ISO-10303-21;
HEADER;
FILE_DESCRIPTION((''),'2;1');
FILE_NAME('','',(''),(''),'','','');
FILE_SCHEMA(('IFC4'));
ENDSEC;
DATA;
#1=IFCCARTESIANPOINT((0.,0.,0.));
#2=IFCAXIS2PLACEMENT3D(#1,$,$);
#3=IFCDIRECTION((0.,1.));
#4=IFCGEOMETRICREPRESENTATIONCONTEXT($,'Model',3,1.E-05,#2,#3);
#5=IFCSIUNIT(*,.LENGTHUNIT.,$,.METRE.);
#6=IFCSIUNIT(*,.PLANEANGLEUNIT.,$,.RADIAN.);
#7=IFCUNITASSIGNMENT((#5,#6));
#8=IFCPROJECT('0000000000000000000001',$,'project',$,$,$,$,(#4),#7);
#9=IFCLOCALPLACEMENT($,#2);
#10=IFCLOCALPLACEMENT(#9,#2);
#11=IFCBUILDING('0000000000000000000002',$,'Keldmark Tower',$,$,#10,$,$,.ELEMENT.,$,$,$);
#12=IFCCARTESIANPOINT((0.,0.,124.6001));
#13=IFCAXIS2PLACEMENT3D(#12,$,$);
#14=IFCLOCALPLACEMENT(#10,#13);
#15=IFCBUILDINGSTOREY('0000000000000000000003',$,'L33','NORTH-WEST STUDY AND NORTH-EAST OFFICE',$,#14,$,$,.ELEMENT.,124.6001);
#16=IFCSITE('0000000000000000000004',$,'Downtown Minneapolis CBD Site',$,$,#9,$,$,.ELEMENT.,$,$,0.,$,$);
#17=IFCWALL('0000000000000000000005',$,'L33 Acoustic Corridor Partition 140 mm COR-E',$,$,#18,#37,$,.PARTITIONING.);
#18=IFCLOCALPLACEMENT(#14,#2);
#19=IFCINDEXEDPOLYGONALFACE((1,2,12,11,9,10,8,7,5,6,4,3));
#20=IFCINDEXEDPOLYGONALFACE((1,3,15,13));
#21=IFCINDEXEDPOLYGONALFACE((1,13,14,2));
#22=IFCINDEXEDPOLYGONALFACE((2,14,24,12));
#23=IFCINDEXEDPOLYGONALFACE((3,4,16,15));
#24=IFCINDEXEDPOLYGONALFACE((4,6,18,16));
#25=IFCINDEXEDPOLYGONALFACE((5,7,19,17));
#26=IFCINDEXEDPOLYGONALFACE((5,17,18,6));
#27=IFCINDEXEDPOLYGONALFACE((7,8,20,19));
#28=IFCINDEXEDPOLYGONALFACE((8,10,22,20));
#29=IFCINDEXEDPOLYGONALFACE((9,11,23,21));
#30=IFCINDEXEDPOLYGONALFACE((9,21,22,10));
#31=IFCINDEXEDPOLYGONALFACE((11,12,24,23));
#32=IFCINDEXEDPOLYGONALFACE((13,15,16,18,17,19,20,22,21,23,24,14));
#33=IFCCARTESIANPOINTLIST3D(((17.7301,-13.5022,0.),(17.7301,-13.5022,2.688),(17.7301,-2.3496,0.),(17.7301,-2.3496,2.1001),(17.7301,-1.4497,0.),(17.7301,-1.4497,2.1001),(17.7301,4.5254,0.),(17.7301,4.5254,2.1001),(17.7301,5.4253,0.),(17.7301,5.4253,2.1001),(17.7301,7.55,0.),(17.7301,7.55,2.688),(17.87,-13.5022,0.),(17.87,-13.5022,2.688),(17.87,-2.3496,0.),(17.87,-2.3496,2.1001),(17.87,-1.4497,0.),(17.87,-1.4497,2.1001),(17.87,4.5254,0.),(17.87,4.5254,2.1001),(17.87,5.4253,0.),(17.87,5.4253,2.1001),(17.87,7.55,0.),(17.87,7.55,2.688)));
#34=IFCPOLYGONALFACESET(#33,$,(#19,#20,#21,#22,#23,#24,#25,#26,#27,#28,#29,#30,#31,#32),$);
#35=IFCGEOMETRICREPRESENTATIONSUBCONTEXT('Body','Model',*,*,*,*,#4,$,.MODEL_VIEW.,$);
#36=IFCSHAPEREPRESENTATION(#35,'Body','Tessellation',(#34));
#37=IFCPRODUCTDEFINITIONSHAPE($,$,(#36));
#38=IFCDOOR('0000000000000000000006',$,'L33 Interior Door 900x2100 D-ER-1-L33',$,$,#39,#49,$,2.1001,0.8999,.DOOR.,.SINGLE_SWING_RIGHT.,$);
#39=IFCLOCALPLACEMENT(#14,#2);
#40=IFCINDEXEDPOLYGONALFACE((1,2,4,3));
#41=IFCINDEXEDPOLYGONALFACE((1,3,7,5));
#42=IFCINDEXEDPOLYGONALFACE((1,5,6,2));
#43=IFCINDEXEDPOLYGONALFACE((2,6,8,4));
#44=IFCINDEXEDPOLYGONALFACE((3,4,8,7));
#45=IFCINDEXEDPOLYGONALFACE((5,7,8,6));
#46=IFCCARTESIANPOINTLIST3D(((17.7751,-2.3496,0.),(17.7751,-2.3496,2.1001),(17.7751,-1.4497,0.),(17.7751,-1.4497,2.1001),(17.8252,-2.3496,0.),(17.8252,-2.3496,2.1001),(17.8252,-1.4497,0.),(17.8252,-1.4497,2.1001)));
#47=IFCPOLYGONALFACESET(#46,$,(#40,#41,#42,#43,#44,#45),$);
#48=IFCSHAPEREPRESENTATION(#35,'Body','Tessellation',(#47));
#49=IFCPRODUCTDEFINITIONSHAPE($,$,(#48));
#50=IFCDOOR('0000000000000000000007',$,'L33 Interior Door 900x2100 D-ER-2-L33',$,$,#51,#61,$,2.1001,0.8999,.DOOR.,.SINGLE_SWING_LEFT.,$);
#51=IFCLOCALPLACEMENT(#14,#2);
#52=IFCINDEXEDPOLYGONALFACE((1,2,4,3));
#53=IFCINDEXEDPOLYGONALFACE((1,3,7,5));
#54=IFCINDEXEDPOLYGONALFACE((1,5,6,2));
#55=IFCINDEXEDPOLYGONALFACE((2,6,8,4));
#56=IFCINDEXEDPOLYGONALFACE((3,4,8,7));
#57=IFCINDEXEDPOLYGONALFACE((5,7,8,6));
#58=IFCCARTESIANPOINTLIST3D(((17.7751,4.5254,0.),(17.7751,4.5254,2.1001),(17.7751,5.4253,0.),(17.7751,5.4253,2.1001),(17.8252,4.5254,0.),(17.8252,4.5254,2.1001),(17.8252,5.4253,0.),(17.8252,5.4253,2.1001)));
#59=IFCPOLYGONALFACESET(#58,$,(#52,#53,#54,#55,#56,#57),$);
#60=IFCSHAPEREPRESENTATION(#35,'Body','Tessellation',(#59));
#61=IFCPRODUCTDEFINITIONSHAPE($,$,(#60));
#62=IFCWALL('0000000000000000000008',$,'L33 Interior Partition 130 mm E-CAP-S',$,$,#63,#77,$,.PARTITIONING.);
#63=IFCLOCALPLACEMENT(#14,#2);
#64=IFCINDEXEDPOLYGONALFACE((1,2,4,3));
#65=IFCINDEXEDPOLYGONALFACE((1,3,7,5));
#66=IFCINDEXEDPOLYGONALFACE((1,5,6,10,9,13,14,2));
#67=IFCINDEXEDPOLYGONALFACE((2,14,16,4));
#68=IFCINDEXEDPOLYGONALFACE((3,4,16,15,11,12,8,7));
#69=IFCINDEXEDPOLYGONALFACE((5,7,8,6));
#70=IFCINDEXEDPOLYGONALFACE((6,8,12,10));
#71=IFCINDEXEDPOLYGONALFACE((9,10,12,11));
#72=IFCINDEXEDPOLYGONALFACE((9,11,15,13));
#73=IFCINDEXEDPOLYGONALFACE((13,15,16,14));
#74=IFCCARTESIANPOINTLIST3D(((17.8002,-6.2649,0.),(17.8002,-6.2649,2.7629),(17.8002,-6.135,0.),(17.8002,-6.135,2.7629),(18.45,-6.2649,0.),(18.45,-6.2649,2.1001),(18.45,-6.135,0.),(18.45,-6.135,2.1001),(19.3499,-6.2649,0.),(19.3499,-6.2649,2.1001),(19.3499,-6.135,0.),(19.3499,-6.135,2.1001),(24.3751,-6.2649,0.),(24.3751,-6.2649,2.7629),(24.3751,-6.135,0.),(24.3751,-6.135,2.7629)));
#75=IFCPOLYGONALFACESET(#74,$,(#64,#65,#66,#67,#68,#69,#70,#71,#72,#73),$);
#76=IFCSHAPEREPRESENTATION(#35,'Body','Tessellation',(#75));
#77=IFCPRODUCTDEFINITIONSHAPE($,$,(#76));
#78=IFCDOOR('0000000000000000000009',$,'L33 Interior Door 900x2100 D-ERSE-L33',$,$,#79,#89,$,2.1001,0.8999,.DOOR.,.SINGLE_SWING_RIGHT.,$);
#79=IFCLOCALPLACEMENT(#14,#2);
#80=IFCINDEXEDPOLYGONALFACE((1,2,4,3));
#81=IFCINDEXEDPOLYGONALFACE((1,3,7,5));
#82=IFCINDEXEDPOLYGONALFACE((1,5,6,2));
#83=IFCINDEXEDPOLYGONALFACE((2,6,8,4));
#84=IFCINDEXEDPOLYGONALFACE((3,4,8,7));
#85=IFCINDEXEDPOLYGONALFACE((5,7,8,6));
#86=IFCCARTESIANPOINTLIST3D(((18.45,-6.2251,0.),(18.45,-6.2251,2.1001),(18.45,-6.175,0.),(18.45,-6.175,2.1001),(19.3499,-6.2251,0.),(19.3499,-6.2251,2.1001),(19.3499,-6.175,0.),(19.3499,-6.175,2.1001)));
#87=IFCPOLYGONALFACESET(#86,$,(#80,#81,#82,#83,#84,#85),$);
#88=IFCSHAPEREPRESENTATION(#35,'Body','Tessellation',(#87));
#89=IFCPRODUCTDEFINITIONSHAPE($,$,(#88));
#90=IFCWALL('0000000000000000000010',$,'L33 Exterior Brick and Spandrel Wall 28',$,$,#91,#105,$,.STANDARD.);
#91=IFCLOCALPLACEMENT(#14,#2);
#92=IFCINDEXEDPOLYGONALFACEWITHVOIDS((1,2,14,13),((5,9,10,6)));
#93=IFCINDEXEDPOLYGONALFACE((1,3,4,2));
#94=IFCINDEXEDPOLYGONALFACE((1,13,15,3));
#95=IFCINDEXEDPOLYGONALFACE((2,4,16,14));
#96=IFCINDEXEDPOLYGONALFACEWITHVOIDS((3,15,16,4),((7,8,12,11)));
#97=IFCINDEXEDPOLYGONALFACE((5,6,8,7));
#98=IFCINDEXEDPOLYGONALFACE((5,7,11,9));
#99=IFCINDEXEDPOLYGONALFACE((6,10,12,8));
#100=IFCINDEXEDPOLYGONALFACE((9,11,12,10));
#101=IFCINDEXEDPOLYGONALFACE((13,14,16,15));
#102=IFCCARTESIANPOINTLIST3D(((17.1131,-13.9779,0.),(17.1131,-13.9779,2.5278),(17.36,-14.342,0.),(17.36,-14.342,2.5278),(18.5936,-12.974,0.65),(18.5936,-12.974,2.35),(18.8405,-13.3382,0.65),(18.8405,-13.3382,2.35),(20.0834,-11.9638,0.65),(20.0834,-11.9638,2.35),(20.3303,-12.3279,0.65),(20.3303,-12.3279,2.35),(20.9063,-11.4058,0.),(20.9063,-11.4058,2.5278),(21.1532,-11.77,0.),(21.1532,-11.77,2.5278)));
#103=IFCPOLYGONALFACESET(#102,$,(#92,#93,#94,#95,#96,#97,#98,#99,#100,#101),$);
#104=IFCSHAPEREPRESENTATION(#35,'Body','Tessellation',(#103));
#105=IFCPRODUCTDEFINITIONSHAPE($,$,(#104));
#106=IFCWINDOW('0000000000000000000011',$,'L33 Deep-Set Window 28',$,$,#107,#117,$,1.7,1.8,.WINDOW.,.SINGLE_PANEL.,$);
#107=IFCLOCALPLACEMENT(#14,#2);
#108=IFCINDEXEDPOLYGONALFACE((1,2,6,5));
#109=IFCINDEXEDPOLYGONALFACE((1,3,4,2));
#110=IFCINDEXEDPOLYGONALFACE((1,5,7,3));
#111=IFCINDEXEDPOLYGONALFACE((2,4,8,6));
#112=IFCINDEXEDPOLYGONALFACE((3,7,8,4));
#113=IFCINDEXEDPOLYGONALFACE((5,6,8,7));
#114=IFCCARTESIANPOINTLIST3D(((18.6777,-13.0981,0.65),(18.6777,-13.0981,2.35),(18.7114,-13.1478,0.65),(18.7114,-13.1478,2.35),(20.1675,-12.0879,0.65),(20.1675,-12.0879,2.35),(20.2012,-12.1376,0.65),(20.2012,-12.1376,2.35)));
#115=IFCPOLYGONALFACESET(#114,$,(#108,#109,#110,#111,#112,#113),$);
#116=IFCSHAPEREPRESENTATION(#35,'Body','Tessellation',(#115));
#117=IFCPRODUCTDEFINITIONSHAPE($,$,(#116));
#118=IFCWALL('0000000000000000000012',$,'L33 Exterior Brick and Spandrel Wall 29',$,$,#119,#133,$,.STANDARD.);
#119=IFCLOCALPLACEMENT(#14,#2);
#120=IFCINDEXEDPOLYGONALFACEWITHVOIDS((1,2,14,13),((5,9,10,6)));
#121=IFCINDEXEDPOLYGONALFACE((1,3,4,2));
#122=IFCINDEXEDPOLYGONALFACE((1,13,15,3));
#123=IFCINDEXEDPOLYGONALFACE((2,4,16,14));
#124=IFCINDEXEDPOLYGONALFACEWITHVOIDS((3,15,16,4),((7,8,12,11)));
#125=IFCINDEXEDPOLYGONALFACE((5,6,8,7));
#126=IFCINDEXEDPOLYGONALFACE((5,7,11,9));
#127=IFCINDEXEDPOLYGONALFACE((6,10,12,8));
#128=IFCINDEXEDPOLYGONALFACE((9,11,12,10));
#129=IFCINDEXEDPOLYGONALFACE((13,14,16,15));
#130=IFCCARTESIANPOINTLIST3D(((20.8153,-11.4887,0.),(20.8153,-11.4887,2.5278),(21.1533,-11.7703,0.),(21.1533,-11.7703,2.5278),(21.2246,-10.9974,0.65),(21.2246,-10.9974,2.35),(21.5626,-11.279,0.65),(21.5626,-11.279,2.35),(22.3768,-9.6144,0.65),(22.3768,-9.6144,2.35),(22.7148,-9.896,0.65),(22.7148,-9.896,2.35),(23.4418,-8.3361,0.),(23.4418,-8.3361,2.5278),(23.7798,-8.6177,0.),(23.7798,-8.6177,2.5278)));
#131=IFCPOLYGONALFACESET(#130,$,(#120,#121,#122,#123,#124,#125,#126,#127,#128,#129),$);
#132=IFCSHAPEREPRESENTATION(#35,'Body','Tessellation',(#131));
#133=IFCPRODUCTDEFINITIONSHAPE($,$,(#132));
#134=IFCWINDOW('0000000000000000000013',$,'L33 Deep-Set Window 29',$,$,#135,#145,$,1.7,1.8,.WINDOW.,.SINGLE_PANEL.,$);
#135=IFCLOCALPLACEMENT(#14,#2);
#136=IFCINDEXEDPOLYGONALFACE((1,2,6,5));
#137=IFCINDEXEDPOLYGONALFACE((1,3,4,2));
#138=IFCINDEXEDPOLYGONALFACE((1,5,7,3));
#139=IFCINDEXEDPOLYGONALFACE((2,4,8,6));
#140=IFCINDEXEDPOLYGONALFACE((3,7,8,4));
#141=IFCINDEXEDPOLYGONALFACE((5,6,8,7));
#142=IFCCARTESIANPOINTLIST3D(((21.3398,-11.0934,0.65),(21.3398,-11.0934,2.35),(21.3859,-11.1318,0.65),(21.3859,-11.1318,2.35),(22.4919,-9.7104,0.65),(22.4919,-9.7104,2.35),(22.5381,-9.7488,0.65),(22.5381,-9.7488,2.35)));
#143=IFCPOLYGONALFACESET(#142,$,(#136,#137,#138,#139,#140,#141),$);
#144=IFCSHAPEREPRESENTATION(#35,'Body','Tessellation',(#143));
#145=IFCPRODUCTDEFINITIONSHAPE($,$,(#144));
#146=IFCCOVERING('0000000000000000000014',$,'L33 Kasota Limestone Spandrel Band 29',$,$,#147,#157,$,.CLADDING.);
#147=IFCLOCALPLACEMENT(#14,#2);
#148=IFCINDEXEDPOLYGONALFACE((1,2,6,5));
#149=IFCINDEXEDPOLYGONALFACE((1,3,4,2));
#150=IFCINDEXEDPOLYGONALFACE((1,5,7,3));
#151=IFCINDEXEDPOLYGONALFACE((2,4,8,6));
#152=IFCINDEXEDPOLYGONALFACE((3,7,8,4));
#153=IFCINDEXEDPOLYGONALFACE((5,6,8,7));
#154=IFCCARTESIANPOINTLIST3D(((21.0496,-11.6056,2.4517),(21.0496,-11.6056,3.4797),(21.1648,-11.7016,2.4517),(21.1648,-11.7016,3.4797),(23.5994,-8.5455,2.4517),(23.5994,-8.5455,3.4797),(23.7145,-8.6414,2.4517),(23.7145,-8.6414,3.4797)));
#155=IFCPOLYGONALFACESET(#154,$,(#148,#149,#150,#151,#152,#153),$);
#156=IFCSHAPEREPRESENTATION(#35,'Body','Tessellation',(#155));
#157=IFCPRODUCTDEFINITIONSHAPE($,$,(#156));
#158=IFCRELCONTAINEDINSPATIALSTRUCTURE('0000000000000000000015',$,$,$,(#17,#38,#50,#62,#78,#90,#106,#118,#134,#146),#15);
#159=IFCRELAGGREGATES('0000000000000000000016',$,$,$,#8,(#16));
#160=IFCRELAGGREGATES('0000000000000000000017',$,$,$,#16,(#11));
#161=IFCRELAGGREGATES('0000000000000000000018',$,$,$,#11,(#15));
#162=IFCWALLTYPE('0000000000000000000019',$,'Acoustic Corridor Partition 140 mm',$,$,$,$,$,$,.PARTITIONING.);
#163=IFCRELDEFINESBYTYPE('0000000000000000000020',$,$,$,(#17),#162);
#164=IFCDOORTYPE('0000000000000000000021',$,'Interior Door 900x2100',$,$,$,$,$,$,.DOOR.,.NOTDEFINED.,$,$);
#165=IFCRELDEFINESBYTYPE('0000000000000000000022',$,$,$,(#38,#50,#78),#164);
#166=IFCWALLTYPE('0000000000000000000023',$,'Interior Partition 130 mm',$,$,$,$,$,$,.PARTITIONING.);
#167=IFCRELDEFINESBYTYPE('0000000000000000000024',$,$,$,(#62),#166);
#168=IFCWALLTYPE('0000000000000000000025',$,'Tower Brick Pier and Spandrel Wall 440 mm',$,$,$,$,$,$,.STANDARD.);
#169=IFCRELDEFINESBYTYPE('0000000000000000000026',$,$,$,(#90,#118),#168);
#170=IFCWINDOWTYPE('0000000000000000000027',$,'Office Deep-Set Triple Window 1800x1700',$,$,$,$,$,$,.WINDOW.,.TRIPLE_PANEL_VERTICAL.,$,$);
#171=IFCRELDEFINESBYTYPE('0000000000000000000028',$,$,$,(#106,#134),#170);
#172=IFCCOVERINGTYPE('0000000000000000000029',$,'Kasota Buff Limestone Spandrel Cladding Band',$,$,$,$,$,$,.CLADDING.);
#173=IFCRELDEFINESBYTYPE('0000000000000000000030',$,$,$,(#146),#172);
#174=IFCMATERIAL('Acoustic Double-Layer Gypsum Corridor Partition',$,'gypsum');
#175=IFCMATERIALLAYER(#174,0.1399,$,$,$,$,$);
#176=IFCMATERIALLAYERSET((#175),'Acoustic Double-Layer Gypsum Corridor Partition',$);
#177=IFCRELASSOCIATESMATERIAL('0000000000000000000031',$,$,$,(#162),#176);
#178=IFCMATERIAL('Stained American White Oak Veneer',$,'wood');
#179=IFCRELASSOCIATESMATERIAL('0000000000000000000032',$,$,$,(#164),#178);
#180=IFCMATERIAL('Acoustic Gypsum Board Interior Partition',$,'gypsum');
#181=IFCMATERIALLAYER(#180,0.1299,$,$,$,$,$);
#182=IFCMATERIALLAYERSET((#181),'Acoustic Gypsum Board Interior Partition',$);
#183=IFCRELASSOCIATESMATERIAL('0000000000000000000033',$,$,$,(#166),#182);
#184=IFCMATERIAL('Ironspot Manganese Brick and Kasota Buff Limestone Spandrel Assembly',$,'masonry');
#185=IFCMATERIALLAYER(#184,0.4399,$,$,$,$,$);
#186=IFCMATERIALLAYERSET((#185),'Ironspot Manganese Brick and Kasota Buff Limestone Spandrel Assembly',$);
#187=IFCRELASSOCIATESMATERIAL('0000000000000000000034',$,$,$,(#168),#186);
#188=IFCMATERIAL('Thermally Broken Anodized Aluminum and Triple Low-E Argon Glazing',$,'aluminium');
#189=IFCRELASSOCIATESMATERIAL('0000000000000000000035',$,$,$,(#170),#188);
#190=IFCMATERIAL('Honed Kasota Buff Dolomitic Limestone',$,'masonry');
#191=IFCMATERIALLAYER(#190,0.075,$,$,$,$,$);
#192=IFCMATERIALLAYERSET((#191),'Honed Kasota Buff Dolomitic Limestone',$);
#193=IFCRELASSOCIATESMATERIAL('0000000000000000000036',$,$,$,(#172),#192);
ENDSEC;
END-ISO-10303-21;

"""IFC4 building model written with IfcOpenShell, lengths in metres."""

from ifc_helpers import new_model, si_unit, direction, frame, frame_2d, origin, origin_2d, place, context, subcontext, project, spatial, rectangle, extrude, material, layer, layer_set, type_object, element, fill, save


model = new_model("IFC4")

# Units and contexts
model_context = context("Model", 3, precision=1e-05, world=origin(), true_north=direction((0.0, 1.0)))
body_context = subcontext(model_context, "Body", "Model", "MODEL_VIEW")
ifc_project = project(units=[si_unit("LENGTHUNIT", "METRE"), si_unit("PLANEANGLEUNIT", "RADIAN")], contexts=[model_context])

# Site, building, storey
site_placement = place(None, origin())
site = spatial("IfcSite", under=ifc_project, at=site_placement, Name="Downtown Minneapolis CBD Site", CompositionType="ELEMENT", RefElevation=0.0)
building_placement = place(site_placement, origin())
building = spatial("IfcBuilding", under=site, at=building_placement, Name="Keldmark Tower", CompositionType="ELEMENT")
storey_placement = place(building_placement, frame((0.0, 0.0, 124.6001)))
storey = spatial("IfcBuildingStorey", under=building, at=storey_placement, Name="L33", Description="NORTH-WEST STUDY AND NORTH-EAST OFFICE", CompositionType="ELEMENT", Elevation=124.6001)

# Wall, openings, doors
ifc_material_1 = material(Name="Acoustic Double-Layer Gypsum Corridor Partition", Category="gypsum")
ifc_layer_1 = layer(ifc_material_1, 0.1399)
ifc_layer_set_1 = layer_set([ifc_layer_1], Name="Acoustic Double-Layer Gypsum Corridor Partition")
wall_type_1 = type_object("IfcWallType", Name="Acoustic Corridor Partition 140 mm", PredefinedType="PARTITIONING", material=ifc_layer_set_1)
wall_1_placement = place(storey_placement, frame((17.8, -13.5022, 0.0), z_axis=(0.0, 0.0, 1.0), x_axis=(0.0, 1.0, 0.0)))
wall_1 = element("IfcWall", 1, at=wall_1_placement, inside=storey, type_object=wall_type_1, Name="L33 Acoustic Corridor Partition 140 mm COR-E", PredefinedType="PARTITIONING", context=body_context, shape_type="SweptSolid", body=[
    extrude(rectangle(XDim=21.0522, YDim=0.1399, at=frame_2d((10.5261, 0.0))), origin(), (0.0, 0.0, 1.0), 2.688),
])
opening_1_placement = place(wall_1_placement, frame((11.1526, 0.0, 0.0)))
opening_1 = element("IfcOpeningElement", 2, at=opening_1_placement, cuts=wall_1, PredefinedType="OPENING", context=body_context, shape_type="SweptSolid", body=[
    extrude(rectangle(XDim=0.8999, YDim=2.1001, at=frame_2d((0.45, 1.05))), frame((0.0, 0.0798, 0.0), z_axis=(0.0, -1.0, 0.0), x_axis=(1.0, 0.0, 0.0)), (0.0, 0.0, 1.0), 0.1599),
])
opening_2_placement = place(wall_1_placement, frame((18.0276, 0.0, 0.0)))
opening_2 = element("IfcOpeningElement", 3, at=opening_2_placement, cuts=wall_1, PredefinedType="OPENING", context=body_context, shape_type="SweptSolid", body=[
    extrude(rectangle(XDim=0.8999, YDim=2.1001, at=frame_2d((0.45, 1.05))), frame((0.0, 0.0798, 0.0), z_axis=(0.0, -1.0, 0.0), x_axis=(1.0, 0.0, 0.0)), (0.0, 0.0, 1.0), 0.1599),
])
ifc_material_2 = material(Name="Stained American White Oak Veneer", Category="wood")
door_type = type_object("IfcDoorType", Name="Interior Door 900x2100", OperationType="NOTDEFINED", PredefinedType="DOOR", material=ifc_material_2)
door_1_placement = place(opening_1_placement, origin())
door_1 = element("IfcDoor", 4, at=door_1_placement, inside=storey, type_object=door_type, Name="L33 Interior Door 900x2100 D-ER-1-L33", OperationType="SINGLE_SWING_RIGHT", OverallHeight=2.1001, OverallWidth=0.8999, PredefinedType="DOOR", context=body_context, shape_type="SweptSolid", body=[
    extrude(rectangle(XDim=0.8999, YDim=2.1001, at=frame_2d((0.45, 1.05))), frame((0.0, 0.0249, 0.0), z_axis=(0.0, -1.0, 0.0), x_axis=(1.0, 0.0, 0.0)), (0.0, 0.0, 1.0), 0.05),
])
fill(opening_1, door_1)
door_2_placement = place(opening_2_placement, origin())
door_2 = element("IfcDoor", 5, at=door_2_placement, inside=storey, type_object=door_type, Name="L33 Interior Door 900x2100 D-ER-2-L33", OperationType="SINGLE_SWING_LEFT", OverallHeight=2.1001, OverallWidth=0.8999, PredefinedType="DOOR", context=body_context, shape_type="SweptSolid", body=[
    extrude(rectangle(XDim=0.8999, YDim=2.1001, at=frame_2d((0.45, 1.05))), frame((0.0, 0.0249, 0.0), z_axis=(0.0, -1.0, 0.0), x_axis=(1.0, 0.0, 0.0)), (0.0, 0.0, 1.0), 0.05),
])
fill(opening_2, door_2)

# Wall, opening, door
ifc_material_3 = material(Name="Acoustic Gypsum Board Interior Partition", Category="gypsum")
ifc_layer_2 = layer(ifc_material_3, 0.1299)
ifc_layer_set_2 = layer_set([ifc_layer_2], Name="Acoustic Gypsum Board Interior Partition")
wall_type_2 = type_object("IfcWallType", Name="Interior Partition 130 mm", PredefinedType="PARTITIONING", material=ifc_layer_set_2)
wall_2_placement = place(storey_placement, frame((17.8, -6.2, 0.0), z_axis=(0.0, 0.0, 1.0), x_axis=(1.0, 0.0, 0.0)))
wall_2 = element("IfcWall", 6, at=wall_2_placement, inside=storey, type_object=wall_type_2, Name="L33 Interior Partition 130 mm E-CAP-S", PredefinedType="PARTITIONING", context=body_context, shape_type="SweptSolid", body=[
    extrude(rectangle(XDim=6.575, YDim=0.1299, at=frame_2d((3.2876, 0.0))), origin(), (0.0, 0.0, 1.0), 2.7629),
])
opening_3_placement = place(wall_2_placement, frame((0.6499, 0.0, 0.0)))
opening_3 = element("IfcOpeningElement", 7, at=opening_3_placement, cuts=wall_2, PredefinedType="OPENING", context=body_context, shape_type="SweptSolid", body=[
    extrude(rectangle(XDim=0.8999, YDim=2.1001, at=frame_2d((0.45, 1.05))), frame((0.0, 0.075, 0.0), z_axis=(0.0, -1.0, 0.0), x_axis=(1.0, 0.0, 0.0)), (0.0, 0.0, 1.0), 0.1499),
])
door_3_placement = place(opening_3_placement, origin())
door_3 = element("IfcDoor", 8, at=door_3_placement, inside=storey, type_object=door_type, Name="L33 Interior Door 900x2100 D-ERSE-L33", OperationType="SINGLE_SWING_RIGHT", OverallHeight=2.1001, OverallWidth=0.8999, PredefinedType="DOOR", context=body_context, shape_type="SweptSolid", body=[
    extrude(rectangle(XDim=0.8999, YDim=2.1001, at=frame_2d((0.45, 1.05))), frame((0.0, 0.0249, 0.0), z_axis=(0.0, -1.0, 0.0), x_axis=(1.0, 0.0, 0.0)), (0.0, 0.0, 1.0), 0.05),
])
fill(opening_3, door_3)

# Walls, openings, windows
ifc_material_4 = material(Name="Ironspot Manganese Brick and Kasota Buff Limestone Spandrel Assembly", Category="masonry")
ifc_layer_3 = layer(ifc_material_4, 0.4399)
ifc_layer_set_3 = layer_set([ifc_layer_3], Name="Ironspot Manganese Brick and Kasota Buff Limestone Spandrel Assembly")
wall_type_3 = type_object("IfcWallType", Name="Tower Brick Pier and Spandrel Wall 440 mm", PredefinedType="STANDARD", material=ifc_layer_set_3)
wall_3_placement = place(storey_placement, frame((21.0298, -11.5879, 0.0), z_axis=(0.0, 0.0, 1.0), x_axis=(-0.827673, -0.561211, 0.0)))
wall_3 = element("IfcWall", 9, at=wall_3_placement, inside=storey, type_object=wall_type_3, Name="L33 Exterior Brick and Spandrel Wall 28", PredefinedType="STANDARD", context=body_context, shape_type="SweptSolid", body=[
    extrude(rectangle(XDim=4.583, YDim=0.4399, at=frame_2d((2.2915, 0.0))), origin(), (0.0, 0.0, 1.0), 2.5278),
])
opening_4_placement = place(wall_3_placement, frame((0.9944, 0.0, 0.6499)))
opening_4 = element("IfcOpeningElement", 10, at=opening_4_placement, cuts=wall_3, PredefinedType="OPENING", context=body_context, shape_type="SweptSolid", body=[
    extrude(rectangle(XDim=1.8, YDim=1.7, at=frame_2d((0.8999, 0.8501))), frame((0.0, 0.23, 0.0), z_axis=(0.0, -1.0, 0.0), x_axis=(1.0, 0.0, 0.0)), (0.0, 0.0, 1.0), 0.46),
])
ifc_material_5 = material(Name="Thermally Broken Anodized Aluminum and Triple Low-E Argon Glazing", Category="aluminium")
window_type = type_object("IfcWindowType", Name="Office Deep-Set Triple Window 1800x1700", PartitioningType="TRIPLE_PANEL_VERTICAL", PredefinedType="WINDOW", material=ifc_material_5)
window_1_placement = place(opening_4_placement, origin())
window_1 = element("IfcWindow", 11, at=window_1_placement, inside=storey, type_object=window_type, Name="L33 Deep-Set Window 28", OverallHeight=1.7, OverallWidth=1.8, PartitioningType="SINGLE_PANEL", PredefinedType="WINDOW", context=body_context, shape_type="SweptSolid", body=[
    extrude(rectangle(XDim=1.8, YDim=1.7, at=frame_2d((0.8999, 0.8501))), frame((0.0, -0.01, 0.0), z_axis=(0.0, -1.0, 0.0), x_axis=(1.0, 0.0, 0.0)), (0.0, 0.0, 1.0), 0.0601),
])
fill(opening_4, window_1)
wall_4_placement = place(storey_placement, frame((23.6108, -8.4768, 0.0), z_axis=(0.0, 0.0, 1.0), x_axis=(-0.640085, -0.768304, 0.0)))
wall_4 = element("IfcWall", 12, at=wall_4_placement, inside=storey, type_object=wall_type_3, Name="L33 Exterior Brick and Spandrel Wall 29", PredefinedType="STANDARD", context=body_context, shape_type="SweptSolid", body=[
    extrude(rectangle(XDim=4.1033, YDim=0.4399, at=frame_2d((2.0518, 0.0))), origin(), (0.0, 0.0, 1.0), 2.5278),
])
opening_5_placement = place(wall_4_placement, frame((1.6641, 0.0, 0.6499)))
opening_5 = element("IfcOpeningElement", 13, at=opening_5_placement, cuts=wall_4, PredefinedType="OPENING", context=body_context, shape_type="SweptSolid", body=[
    extrude(rectangle(XDim=1.8, YDim=1.7, at=frame_2d((0.8999, 0.8501))), frame((0.0, 0.23, 0.0), z_axis=(0.0, -1.0, 0.0), x_axis=(1.0, 0.0, 0.0)), (0.0, 0.0, 1.0), 0.46),
])
window_2_placement = place(opening_5_placement, origin())
window_2 = element("IfcWindow", 14, at=window_2_placement, inside=storey, type_object=window_type, Name="L33 Deep-Set Window 29", OverallHeight=1.7, OverallWidth=1.8, PartitioningType="SINGLE_PANEL", PredefinedType="WINDOW", context=body_context, shape_type="SweptSolid", body=[
    extrude(rectangle(XDim=1.8, YDim=1.7, at=frame_2d((0.8999, 0.8501))), frame((0.0, -0.01, 0.0), z_axis=(0.0, -1.0, 0.0), x_axis=(1.0, 0.0, 0.0)), (0.0, 0.0, 1.0), 0.0601),
])
fill(opening_5, window_2)

# Covering
ifc_material_6 = material(Name="Honed Kasota Buff Dolomitic Limestone", Category="masonry")
ifc_layer_4 = layer(ifc_material_6, 0.075)
ifc_layer_set_4 = layer_set([ifc_layer_4], Name="Honed Kasota Buff Dolomitic Limestone")
covering_type = type_object("IfcCoveringType", Name="Kasota Buff Limestone Spandrel Cladding Band", PredefinedType="CLADDING", material=ifc_layer_set_4)
covering_placement = place(storey_placement, frame((22.3821, -10.1235, 2.4517), z_axis=(0.0, 0.0, 1.0), x_axis=(0.640123, 0.768272, 0.0)))
element("IfcCovering", 15, at=covering_placement, inside=storey, type_object=covering_type, Name="L33 Kasota Limestone Spandrel Band 29", PredefinedType="CLADDING", context=body_context, shape_type="SweptSolid", body=[
    extrude(rectangle(XDim=3.9832, YDim=0.1499, at=origin_2d()), origin(), (0.0, 0.0, 1.0), 1.0281),
])

save(model, "model.ifc")
